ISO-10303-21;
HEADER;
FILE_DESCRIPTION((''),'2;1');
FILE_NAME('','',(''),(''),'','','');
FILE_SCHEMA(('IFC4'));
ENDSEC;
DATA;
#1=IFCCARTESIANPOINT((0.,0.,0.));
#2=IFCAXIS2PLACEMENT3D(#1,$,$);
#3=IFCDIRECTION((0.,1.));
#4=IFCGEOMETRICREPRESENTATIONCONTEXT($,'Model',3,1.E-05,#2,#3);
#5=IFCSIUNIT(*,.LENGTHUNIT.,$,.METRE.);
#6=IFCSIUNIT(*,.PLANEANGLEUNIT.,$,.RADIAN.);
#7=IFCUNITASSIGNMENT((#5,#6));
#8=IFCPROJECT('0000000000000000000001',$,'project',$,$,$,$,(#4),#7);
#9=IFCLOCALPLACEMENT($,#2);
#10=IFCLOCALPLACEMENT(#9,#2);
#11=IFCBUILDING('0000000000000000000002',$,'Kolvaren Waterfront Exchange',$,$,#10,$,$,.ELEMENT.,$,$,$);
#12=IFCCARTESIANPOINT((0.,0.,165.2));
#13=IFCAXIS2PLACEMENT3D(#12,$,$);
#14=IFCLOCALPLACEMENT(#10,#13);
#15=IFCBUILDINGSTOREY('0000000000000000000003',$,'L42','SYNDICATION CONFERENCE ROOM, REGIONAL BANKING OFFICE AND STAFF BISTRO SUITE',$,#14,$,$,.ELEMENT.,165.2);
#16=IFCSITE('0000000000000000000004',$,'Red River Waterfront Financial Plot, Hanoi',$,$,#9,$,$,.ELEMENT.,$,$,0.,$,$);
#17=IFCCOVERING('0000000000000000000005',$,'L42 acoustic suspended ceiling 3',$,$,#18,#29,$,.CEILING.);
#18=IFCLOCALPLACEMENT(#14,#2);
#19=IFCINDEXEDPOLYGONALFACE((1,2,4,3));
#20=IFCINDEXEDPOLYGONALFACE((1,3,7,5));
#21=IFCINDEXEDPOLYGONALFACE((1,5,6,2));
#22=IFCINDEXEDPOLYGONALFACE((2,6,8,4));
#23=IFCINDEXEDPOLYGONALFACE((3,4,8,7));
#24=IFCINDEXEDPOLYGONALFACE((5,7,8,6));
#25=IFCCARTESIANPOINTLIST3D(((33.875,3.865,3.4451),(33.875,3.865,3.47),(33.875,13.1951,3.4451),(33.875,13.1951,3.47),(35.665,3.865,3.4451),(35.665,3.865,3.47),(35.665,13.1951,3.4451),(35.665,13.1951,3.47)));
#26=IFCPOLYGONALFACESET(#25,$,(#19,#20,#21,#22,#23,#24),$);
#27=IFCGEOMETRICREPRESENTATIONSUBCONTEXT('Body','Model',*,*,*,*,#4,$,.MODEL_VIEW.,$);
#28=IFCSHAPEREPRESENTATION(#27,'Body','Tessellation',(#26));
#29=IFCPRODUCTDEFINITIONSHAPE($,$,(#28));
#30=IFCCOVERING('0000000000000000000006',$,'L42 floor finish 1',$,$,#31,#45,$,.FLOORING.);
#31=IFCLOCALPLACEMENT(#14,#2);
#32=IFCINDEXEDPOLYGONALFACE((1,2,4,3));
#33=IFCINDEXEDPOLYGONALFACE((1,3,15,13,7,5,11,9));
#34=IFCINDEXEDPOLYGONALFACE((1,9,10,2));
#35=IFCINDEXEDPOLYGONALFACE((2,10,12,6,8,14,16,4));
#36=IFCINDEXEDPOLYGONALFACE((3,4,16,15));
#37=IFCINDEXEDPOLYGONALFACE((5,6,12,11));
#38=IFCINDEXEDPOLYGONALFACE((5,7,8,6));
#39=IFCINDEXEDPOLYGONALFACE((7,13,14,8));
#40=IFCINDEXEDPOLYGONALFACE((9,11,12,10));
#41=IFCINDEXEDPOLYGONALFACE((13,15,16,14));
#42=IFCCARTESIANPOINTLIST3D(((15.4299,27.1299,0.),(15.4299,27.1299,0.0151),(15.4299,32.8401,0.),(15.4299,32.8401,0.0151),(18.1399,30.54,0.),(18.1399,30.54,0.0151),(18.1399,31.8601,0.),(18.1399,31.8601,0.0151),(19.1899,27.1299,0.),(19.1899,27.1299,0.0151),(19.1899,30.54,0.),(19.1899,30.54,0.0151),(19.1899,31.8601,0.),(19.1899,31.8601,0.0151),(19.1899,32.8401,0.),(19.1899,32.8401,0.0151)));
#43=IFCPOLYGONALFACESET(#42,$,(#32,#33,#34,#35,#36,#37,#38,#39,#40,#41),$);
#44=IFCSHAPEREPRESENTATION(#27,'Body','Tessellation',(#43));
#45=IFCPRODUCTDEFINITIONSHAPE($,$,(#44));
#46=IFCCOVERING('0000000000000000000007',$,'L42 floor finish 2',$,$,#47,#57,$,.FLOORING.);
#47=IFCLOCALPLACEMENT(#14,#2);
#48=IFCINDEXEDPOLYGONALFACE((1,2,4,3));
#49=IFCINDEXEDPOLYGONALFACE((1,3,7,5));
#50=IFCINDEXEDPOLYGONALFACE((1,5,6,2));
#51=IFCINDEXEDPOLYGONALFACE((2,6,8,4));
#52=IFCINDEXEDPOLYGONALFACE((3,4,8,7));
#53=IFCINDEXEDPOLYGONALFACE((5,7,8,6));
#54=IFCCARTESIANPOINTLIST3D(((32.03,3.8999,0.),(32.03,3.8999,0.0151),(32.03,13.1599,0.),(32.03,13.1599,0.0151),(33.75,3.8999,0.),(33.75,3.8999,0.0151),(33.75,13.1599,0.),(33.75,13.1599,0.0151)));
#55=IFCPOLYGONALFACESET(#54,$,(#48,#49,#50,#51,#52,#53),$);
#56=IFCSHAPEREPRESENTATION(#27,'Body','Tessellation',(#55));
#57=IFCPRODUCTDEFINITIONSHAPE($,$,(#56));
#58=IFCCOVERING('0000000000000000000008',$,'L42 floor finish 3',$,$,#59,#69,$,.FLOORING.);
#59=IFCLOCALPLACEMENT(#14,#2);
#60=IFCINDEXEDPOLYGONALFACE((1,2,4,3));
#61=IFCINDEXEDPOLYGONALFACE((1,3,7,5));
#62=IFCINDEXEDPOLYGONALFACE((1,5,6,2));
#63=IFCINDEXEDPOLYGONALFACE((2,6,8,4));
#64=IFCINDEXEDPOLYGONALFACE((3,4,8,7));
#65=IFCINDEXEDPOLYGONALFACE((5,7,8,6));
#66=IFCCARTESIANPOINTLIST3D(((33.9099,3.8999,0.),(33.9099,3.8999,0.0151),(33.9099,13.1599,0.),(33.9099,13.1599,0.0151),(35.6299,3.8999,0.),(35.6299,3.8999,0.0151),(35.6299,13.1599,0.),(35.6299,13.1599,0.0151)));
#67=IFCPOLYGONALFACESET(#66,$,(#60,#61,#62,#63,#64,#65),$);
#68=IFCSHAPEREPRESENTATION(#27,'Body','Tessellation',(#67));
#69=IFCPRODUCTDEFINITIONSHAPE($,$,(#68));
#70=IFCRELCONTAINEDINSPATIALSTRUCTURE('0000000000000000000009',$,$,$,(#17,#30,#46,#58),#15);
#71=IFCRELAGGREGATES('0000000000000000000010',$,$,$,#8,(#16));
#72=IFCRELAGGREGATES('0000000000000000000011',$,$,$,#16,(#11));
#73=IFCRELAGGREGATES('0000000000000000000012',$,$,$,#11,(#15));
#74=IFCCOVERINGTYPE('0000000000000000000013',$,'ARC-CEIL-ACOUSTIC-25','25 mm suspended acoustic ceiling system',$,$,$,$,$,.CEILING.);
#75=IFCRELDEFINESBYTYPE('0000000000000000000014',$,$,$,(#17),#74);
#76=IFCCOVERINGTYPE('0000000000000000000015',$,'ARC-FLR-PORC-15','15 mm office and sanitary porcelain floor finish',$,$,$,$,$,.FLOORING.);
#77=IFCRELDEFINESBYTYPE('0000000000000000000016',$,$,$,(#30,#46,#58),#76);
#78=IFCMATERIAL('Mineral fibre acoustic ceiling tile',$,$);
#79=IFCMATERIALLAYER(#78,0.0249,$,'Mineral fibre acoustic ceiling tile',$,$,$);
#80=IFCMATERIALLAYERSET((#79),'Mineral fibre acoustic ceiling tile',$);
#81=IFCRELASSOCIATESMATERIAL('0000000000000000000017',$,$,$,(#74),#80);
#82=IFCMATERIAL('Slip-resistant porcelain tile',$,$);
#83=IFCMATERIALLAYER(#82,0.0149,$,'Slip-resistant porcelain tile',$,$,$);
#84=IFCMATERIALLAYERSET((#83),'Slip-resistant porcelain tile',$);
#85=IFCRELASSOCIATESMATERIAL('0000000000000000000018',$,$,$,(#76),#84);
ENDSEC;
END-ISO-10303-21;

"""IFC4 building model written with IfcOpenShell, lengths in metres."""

from ifc_helpers import new_model, si_unit, direction, frame, origin, place, context, subcontext, project, spatial, polyline, outline, extrude, material, layer, layer_set, type_object, element, save


model = new_model("IFC4")

# Units and contexts
model_context = context("Model", 3, precision=1e-05, world=origin(), true_north=direction((0.0, 1.0)))
body_context = subcontext(model_context, "Body", "Model", "MODEL_VIEW")
ifc_project = project(units=[si_unit("LENGTHUNIT", "METRE"), si_unit("PLANEANGLEUNIT", "RADIAN")], contexts=[model_context])

# Site, building, storey
site_placement = place(None, origin())
site = spatial("IfcSite", under=ifc_project, at=site_placement, Name="Red River Waterfront Financial Plot, Hanoi", CompositionType="ELEMENT", RefElevation=0.0)
building_placement = place(site_placement, origin())
building = spatial("IfcBuilding", under=site, at=building_placement, Name="Kolvaren Waterfront Exchange", CompositionType="ELEMENT")
storey_placement = place(building_placement, frame((0.0, 0.0, 165.2)))
storey = spatial("IfcBuildingStorey", under=building, at=storey_placement, Name="L42", Description="SYNDICATION CONFERENCE ROOM, REGIONAL BANKING OFFICE AND STAFF BISTRO SUITE", CompositionType="ELEMENT", Elevation=165.2)

# Coverings
ifc_material_1 = material(Name="Mineral fibre acoustic ceiling tile")
ifc_layer_1 = layer(ifc_material_1, 0.0249, Name="Mineral fibre acoustic ceiling tile")
ifc_layer_set_1 = layer_set([ifc_layer_1], Name="Mineral fibre acoustic ceiling tile")
covering_type_1 = type_object("IfcCoveringType", Name="ARC-CEIL-ACOUSTIC-25", Description="25 mm suspended acoustic ceiling system", PredefinedType="CEILING", material=ifc_layer_set_1)
covering_1_placement = place(storey_placement, frame((0.0, 0.0, 3.4451)))
element("IfcCovering", 1, at=covering_1_placement, inside=storey, type_object=covering_type_1, Name="L42 acoustic suspended ceiling 3", PredefinedType="CEILING", context=body_context, shape_type="SweptSolid", body=[
    extrude(outline(polyline([(35.665, 3.865), (35.665, 13.1951), (33.875, 13.1951), (33.875, 3.865), (35.665, 3.865)])), origin(), (0.0, 0.0, 1.0), 0.0249),
])
ifc_material_2 = material(Name="Slip-resistant porcelain tile")
ifc_layer_2 = layer(ifc_material_2, 0.0149, Name="Slip-resistant porcelain tile")
ifc_layer_set_2 = layer_set([ifc_layer_2], Name="Slip-resistant porcelain tile")
covering_type_2 = type_object("IfcCoveringType", Name="ARC-FLR-PORC-15", Description="15 mm office and sanitary porcelain floor finish", PredefinedType="FLOORING", material=ifc_layer_set_2)
covering_2_placement = place(storey_placement, origin())
element("IfcCovering", 2, at=covering_2_placement, inside=storey, type_object=covering_type_2, Name="L42 floor finish 1", PredefinedType="FLOORING", context=body_context, shape_type="SweptSolid", body=[
    extrude(outline(polyline([(15.4299, 32.8401), (15.4299, 27.1299), (19.1899, 27.1299), (19.1899, 30.54), (18.1399, 30.54), (18.1399, 31.8601), (19.1899, 31.8601), (19.1899, 32.8401), (15.4299, 32.8401)])), origin(), (0.0, 0.0, 1.0), 0.0151),
])
covering_3_placement = place(storey_placement, origin())
element("IfcCovering", 3, at=covering_3_placement, inside=storey, type_object=covering_type_2, Name="L42 floor finish 2", PredefinedType="FLOORING", context=body_context, shape_type="SweptSolid", body=[
    extrude(outline(polyline([(32.03, 13.1599), (32.03, 3.8999), (33.75, 3.8999), (33.75, 13.1599), (32.03, 13.1599)])), origin(), (0.0, 0.0, 1.0), 0.0151),
])
covering_4_placement = place(storey_placement, origin())
element("IfcCovering", 4, at=covering_4_placement, inside=storey, type_object=covering_type_2, Name="L42 floor finish 3", PredefinedType="FLOORING", context=body_context, shape_type="SweptSolid", body=[
    extrude(outline(polyline([(33.9099, 13.1599), (33.9099, 3.8999), (35.6299, 3.8999), (35.6299, 13.1599), (33.9099, 13.1599)])), origin(), (0.0, 0.0, 1.0), 0.0151),
])

save(model, "model.ifc")
